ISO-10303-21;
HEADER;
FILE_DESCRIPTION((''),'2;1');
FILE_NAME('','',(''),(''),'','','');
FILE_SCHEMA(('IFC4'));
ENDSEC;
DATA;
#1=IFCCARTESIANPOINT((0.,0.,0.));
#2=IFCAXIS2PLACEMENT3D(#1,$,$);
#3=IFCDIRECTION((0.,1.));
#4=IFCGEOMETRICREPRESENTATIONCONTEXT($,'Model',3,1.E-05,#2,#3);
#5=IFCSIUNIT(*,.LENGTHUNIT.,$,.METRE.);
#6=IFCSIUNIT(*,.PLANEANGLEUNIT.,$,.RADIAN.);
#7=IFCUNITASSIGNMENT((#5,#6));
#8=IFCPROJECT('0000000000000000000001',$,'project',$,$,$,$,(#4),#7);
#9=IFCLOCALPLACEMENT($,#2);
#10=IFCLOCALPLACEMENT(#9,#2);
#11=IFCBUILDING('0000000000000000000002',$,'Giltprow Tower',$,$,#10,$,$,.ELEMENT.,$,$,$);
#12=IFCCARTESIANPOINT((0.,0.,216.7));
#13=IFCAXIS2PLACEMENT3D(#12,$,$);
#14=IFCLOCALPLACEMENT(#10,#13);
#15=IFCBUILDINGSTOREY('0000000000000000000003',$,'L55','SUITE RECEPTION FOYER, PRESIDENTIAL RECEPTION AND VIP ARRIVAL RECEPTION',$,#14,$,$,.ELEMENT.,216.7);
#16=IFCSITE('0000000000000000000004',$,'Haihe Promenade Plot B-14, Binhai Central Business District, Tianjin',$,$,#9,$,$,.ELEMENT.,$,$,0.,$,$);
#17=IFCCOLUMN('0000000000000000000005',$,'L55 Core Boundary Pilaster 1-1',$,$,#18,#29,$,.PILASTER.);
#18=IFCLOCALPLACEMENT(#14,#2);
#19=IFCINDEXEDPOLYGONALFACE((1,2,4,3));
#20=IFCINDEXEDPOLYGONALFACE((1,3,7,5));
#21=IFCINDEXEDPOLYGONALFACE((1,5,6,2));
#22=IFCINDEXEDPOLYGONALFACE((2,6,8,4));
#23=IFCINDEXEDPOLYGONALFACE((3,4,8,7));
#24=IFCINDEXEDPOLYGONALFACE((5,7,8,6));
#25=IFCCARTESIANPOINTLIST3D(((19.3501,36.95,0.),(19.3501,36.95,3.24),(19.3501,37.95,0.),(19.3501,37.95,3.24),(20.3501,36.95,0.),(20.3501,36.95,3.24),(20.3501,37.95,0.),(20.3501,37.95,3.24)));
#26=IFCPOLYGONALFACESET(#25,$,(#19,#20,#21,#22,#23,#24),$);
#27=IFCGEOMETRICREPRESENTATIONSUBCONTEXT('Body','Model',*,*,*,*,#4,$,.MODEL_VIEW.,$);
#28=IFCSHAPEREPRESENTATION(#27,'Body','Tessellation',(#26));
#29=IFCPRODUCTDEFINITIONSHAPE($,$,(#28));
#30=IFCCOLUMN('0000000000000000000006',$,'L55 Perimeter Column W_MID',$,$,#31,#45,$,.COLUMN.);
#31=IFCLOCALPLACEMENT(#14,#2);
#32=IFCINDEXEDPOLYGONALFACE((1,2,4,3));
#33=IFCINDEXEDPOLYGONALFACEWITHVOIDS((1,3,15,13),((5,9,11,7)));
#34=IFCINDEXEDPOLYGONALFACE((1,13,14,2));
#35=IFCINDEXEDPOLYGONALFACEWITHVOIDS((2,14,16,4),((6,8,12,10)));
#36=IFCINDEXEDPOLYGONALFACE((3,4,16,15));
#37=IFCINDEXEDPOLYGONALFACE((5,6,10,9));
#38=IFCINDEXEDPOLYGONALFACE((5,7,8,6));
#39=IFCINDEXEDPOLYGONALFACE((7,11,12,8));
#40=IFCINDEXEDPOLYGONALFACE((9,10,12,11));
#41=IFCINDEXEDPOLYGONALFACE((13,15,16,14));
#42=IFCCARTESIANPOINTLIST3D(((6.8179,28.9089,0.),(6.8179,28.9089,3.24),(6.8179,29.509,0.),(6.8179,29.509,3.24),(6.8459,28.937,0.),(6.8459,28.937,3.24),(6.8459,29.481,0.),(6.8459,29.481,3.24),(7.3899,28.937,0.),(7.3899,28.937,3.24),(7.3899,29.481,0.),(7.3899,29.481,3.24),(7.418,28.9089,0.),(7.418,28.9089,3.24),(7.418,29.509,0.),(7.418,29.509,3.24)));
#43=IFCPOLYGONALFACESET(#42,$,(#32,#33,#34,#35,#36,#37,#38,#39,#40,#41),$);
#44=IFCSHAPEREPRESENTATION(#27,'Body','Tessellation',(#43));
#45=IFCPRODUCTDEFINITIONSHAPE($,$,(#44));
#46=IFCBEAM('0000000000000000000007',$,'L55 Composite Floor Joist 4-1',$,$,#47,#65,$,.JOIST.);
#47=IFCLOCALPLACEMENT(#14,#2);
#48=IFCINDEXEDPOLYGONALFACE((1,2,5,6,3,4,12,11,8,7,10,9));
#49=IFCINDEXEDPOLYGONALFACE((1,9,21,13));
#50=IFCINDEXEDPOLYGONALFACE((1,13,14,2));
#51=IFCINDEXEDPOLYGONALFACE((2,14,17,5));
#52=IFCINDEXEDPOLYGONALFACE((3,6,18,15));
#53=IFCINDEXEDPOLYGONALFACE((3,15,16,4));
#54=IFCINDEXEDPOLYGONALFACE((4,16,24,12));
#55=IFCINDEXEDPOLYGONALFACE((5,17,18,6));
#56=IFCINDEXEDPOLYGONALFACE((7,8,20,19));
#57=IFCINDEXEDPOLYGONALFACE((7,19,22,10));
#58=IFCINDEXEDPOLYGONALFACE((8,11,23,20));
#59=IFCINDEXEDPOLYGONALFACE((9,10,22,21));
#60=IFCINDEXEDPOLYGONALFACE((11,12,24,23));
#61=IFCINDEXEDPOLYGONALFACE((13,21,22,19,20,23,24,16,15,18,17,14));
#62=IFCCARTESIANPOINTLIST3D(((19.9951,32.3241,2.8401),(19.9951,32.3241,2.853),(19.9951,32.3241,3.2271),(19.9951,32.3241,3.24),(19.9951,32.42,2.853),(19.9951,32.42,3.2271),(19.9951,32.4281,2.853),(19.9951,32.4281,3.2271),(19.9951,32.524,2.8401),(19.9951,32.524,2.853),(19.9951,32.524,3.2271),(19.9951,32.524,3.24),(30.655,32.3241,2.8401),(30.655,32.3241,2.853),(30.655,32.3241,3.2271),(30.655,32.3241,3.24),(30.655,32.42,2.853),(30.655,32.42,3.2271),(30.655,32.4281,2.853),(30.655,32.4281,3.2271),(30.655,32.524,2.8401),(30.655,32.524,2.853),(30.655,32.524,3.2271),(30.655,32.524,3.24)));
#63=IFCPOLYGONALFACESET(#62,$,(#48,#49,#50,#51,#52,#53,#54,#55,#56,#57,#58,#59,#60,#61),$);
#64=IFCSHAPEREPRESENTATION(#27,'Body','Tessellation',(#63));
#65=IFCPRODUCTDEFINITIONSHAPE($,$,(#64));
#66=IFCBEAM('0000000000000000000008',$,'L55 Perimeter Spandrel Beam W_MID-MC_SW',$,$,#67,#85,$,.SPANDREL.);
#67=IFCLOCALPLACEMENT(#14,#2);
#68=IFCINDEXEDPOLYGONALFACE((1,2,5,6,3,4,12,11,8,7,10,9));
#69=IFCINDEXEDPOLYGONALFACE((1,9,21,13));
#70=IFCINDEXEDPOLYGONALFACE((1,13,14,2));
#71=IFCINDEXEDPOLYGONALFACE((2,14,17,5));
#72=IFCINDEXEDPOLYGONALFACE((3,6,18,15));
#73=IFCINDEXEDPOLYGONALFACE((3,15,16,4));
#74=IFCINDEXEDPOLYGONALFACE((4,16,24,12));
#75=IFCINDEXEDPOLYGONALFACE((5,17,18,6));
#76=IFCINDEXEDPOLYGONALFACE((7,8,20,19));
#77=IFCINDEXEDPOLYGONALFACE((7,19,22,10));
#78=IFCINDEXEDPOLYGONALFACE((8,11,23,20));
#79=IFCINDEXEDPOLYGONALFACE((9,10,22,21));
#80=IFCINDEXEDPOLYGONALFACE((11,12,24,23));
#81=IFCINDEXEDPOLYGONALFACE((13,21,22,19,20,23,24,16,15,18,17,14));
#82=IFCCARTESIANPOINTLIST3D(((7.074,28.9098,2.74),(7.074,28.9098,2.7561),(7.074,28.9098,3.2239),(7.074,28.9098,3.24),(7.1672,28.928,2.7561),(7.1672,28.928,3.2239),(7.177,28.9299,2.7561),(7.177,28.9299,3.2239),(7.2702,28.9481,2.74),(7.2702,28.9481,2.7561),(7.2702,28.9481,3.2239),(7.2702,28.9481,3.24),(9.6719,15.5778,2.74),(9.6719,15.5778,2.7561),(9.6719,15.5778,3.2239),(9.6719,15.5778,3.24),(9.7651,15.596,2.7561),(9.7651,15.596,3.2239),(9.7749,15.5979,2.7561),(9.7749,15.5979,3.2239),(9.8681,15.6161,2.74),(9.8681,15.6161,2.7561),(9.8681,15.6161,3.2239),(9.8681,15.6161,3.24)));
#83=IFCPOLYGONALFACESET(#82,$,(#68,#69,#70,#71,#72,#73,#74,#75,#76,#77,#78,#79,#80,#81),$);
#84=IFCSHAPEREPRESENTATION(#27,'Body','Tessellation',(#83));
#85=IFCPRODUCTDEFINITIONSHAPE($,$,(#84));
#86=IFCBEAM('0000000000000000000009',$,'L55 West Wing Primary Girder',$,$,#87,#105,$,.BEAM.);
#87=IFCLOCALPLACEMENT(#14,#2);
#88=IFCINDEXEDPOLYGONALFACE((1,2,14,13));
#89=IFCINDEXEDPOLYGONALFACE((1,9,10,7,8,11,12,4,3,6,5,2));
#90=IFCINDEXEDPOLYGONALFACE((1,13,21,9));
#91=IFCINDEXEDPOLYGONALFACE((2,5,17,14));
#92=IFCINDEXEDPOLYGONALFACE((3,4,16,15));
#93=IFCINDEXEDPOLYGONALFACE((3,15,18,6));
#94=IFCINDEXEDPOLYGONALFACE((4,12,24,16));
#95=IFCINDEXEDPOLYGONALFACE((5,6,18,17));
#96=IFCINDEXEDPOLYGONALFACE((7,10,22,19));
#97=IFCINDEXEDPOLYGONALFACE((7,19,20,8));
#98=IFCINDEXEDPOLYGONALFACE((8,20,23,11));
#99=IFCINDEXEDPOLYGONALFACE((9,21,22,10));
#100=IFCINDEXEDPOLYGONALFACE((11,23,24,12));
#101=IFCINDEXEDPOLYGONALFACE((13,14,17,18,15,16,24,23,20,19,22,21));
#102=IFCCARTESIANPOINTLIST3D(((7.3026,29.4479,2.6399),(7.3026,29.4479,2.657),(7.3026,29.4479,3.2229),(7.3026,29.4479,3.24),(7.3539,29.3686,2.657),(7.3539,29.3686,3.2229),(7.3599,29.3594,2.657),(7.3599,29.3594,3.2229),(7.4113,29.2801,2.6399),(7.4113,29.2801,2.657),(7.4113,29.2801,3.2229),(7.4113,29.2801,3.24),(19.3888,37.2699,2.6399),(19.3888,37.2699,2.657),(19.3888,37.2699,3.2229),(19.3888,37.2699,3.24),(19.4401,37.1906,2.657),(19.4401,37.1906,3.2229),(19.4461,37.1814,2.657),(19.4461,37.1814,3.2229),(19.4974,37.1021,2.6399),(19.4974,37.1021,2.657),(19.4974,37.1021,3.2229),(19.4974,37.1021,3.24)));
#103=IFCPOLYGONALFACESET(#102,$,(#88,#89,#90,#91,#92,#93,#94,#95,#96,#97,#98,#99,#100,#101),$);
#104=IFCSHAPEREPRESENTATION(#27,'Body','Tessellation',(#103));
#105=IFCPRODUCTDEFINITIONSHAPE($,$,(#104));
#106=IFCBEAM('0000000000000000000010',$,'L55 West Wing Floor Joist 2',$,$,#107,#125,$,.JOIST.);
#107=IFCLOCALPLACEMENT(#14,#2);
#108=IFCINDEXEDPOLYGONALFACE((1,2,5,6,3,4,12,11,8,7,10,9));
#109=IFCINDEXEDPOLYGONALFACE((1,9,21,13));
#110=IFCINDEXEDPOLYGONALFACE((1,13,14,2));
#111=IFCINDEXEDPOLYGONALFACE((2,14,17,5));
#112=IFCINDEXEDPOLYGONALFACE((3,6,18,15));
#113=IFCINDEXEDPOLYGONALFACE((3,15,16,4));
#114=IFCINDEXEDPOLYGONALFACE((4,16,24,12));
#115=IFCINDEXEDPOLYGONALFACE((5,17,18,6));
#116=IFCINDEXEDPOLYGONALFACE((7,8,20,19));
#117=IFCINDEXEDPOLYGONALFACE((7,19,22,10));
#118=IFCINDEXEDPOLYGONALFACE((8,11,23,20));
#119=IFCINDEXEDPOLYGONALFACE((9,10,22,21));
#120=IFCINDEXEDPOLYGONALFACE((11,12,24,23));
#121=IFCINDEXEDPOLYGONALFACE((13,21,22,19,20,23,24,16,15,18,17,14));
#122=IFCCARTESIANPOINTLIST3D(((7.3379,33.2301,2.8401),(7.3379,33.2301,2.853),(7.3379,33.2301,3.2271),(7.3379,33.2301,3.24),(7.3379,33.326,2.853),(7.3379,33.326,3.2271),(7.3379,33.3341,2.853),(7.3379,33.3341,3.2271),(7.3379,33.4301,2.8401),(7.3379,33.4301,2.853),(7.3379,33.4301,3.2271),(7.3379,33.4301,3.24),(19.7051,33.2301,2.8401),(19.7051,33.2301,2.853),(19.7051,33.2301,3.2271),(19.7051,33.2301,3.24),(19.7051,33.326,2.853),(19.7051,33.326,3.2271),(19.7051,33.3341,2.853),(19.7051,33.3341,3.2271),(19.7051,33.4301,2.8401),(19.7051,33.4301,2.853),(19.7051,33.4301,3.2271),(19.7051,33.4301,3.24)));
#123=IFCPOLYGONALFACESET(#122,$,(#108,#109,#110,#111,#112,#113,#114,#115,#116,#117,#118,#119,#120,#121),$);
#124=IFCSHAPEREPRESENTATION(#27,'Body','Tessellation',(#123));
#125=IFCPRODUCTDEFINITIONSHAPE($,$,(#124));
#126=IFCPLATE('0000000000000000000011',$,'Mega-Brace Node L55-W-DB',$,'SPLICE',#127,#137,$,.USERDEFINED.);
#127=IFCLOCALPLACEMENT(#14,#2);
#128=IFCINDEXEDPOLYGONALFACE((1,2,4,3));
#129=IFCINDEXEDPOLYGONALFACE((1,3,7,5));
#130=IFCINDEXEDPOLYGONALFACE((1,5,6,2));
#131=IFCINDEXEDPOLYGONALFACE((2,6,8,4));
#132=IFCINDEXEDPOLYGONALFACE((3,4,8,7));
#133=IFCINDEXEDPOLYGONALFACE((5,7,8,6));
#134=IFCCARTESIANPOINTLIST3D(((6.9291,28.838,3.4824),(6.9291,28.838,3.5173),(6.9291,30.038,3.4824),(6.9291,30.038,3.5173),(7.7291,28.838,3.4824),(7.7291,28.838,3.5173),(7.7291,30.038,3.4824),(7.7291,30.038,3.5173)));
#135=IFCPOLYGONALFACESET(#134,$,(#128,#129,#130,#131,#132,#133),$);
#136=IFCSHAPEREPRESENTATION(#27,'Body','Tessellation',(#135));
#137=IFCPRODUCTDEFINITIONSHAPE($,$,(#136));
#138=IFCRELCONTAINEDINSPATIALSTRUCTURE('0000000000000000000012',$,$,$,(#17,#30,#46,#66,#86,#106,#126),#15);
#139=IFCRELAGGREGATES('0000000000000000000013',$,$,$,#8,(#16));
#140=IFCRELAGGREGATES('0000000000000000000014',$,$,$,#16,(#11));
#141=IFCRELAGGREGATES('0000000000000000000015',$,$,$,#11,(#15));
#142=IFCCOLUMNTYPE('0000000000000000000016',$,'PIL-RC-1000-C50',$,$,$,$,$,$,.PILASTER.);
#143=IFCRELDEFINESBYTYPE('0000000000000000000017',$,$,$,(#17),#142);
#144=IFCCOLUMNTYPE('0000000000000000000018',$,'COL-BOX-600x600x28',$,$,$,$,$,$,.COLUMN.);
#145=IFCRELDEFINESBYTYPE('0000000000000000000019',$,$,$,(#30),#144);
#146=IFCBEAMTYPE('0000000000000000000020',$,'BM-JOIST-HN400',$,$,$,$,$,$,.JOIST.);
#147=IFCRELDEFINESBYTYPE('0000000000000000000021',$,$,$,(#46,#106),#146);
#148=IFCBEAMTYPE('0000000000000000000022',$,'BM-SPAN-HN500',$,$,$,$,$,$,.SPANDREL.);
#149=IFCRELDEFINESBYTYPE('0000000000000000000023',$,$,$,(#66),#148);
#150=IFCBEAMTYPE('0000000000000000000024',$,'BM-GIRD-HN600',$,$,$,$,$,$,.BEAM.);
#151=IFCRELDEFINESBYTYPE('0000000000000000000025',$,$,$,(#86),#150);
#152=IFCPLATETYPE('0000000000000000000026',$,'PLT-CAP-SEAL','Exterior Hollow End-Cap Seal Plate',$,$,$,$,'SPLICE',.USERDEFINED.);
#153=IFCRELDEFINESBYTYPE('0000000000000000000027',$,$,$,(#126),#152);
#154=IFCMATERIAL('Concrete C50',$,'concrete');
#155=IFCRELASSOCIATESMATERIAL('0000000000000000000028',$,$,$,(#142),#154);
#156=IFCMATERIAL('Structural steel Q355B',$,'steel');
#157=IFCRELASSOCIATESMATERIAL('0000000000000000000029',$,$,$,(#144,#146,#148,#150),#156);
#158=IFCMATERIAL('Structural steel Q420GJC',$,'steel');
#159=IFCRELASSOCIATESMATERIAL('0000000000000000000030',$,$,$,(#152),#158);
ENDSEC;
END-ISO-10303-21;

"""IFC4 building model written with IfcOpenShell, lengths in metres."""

from ifc_helpers import new_model, si_unit, direction, frame, origin, origin_2d, place, context, subcontext, project, spatial, rectangle, hollow_rectangle, i_section, extrude, source, transform, mapped, material, material_profile, profile_set, type_object, element, save


model = new_model("IFC4")

# Units and contexts
model_context = context("Model", 3, precision=1e-05, world=origin(), true_north=direction((0.0, 1.0)))
body_context = subcontext(model_context, "Body", "Model", "MODEL_VIEW")
ifc_project = project(units=[si_unit("LENGTHUNIT", "METRE"), si_unit("PLANEANGLEUNIT", "RADIAN")], contexts=[model_context])

# Site, building, storey
site_placement = place(None, origin())
site = spatial("IfcSite", under=ifc_project, at=site_placement, Name="Haihe Promenade Plot B-14, Binhai Central Business District, Tianjin", CompositionType="ELEMENT", RefElevation=0.0)
building_placement = place(site_placement, origin())
building = spatial("IfcBuilding", under=site, at=building_placement, Name="Giltprow Tower", CompositionType="ELEMENT")
storey_placement = place(building_placement, frame((0.0, 0.0, 216.7)))
storey = spatial("IfcBuildingStorey", under=building, at=storey_placement, Name="L55", Description="SUITE RECEPTION FOYER, PRESIDENTIAL RECEPTION AND VIP ARRIVAL RECEPTION", CompositionType="ELEMENT", Elevation=216.7)

# Columns
ifc_material_1 = material(Name="Concrete C50", Category="concrete")
ifc_material_profile_1 = material_profile(ifc_material_1, rectangle(XDim=1.0, YDim=1.0, at=origin_2d()), Name="RC 1000x1000")
ifc_profile_set_1 = profile_set([ifc_material_profile_1], Name="Concrete C50")
column_type_1 = type_object("IfcColumnType", Name="PIL-RC-1000-C50", PredefinedType="PILASTER", material=ifc_profile_set_1)
shared_shape_1 = source(origin(), body_context, "Body", "SweptSolid", [
    extrude(rectangle(XDim=1.0, YDim=1.0, at=origin_2d()), origin(), (0.0, 0.0, 1.0), 3.24),
])
column_1_placement = place(storey_placement, frame((19.8501, 37.45, 0.0), z_axis=(0.0, 0.0, 1.0), x_axis=(1.0, 0.0, 0.0)))
element("IfcColumn", 1, at=column_1_placement, inside=storey, type_object=column_type_1, Name="L55 Core Boundary Pilaster 1-1", PredefinedType="PILASTER", context=body_context, shape_type="MappedRepresentation", body=[
    mapped(shared_shape_1, transform((0.0, 0.0, 0.0), x_axis=(1.0, 0.0, 0.0), y_axis=(0.0, 1.0, 0.0), z_axis=(0.0, 0.0, 1.0), scale=1.0)),
])
ifc_material_2 = material(Name="Structural steel Q355B", Category="steel")
ifc_material_profile_2 = material_profile(ifc_material_2, hollow_rectangle(XDim=0.6001, YDim=0.6001, WallThickness=0.0281, at=origin_2d()), Name="BOX 600x600x28")
ifc_profile_set_2 = profile_set([ifc_material_profile_2], Name="Structural steel Q355B")
column_type_2 = type_object("IfcColumnType", Name="COL-BOX-600x600x28", PredefinedType="COLUMN", material=ifc_profile_set_2)
shared_shape_2 = source(origin(), body_context, "Body", "SweptSolid", [
    extrude(hollow_rectangle(XDim=0.6001, YDim=0.6001, WallThickness=0.0281, at=origin_2d()), origin(), (0.0, 0.0, 1.0), 3.24),
])
column_2_placement = place(storey_placement, frame((7.1179, 29.209, 0.0), z_axis=(0.0, 0.0, 1.0), x_axis=(1.0, 0.0, 0.0)))
element("IfcColumn", 2, at=column_2_placement, inside=storey, type_object=column_type_2, Name="L55 Perimeter Column W_MID", PredefinedType="COLUMN", context=body_context, shape_type="MappedRepresentation", body=[
    mapped(shared_shape_2, transform((0.0, 0.0, 0.0), x_axis=(1.0, 0.0, 0.0), y_axis=(0.0, 1.0, 0.0), z_axis=(0.0, 0.0, 1.0), scale=1.0)),
])

# Beams
ifc_material_profile_3 = material_profile(ifc_material_2, i_section(OverallWidth=0.2, OverallDepth=0.3999, WebThickness=0.0081, FlangeThickness=0.0129, at=origin_2d()), Name="HN 400x200x8x13")
ifc_profile_set_3 = profile_set([ifc_material_profile_3], Name="Structural steel Q355B")
beam_type_1 = type_object("IfcBeamType", Name="BM-JOIST-HN400", PredefinedType="JOIST", material=ifc_profile_set_3)
shared_shape_3 = source(origin(), body_context, "Body", "SweptSolid", [
    extrude(i_section(OverallWidth=0.2, OverallDepth=0.3999, WebThickness=0.0081, FlangeThickness=0.0129, at=origin_2d()), origin(), (0.0, 0.0, 1.0), 10.6599),
])
beam_1_placement = place(storey_placement, frame((19.9951, 32.4241, 3.04), z_axis=(1.0, 0.0, 0.0), x_axis=(0.0, 1.0, 0.0)))
element("IfcBeam", 3, at=beam_1_placement, inside=storey, type_object=beam_type_1, Name="L55 Composite Floor Joist 4-1", PredefinedType="JOIST", context=body_context, shape_type="MappedRepresentation", body=[
    mapped(shared_shape_3, transform((0.0, 0.0, 0.0), x_axis=(1.0, 0.0, 0.0), y_axis=(0.0, 1.0, 0.0), z_axis=(0.0, 0.0, 1.0), scale=1.0)),
])
ifc_material_profile_4 = material_profile(ifc_material_2, i_section(OverallWidth=0.2, OverallDepth=0.5, WebThickness=0.01, FlangeThickness=0.0161, at=origin_2d()), Name="HN 500x200x10x16")
ifc_profile_set_4 = profile_set([ifc_material_profile_4], Name="Structural steel Q355B")
beam_type_2 = type_object("IfcBeamType", Name="BM-SPAN-HN500", PredefinedType="SPANDREL", material=ifc_profile_set_4)
shared_shape_4 = source(origin(), body_context, "Body", "SweptSolid", [
    extrude(i_section(OverallWidth=0.2, OverallDepth=0.5, WebThickness=0.01, FlangeThickness=0.0161, at=origin_2d()), origin(), (0.0, 0.0, 1.0), 13.5828),
])
beam_2_placement = place(storey_placement, frame((7.1721, 28.929, 2.99), z_axis=(0.191264, -0.981539, 0.0), x_axis=(0.981539, 0.191264, 0.0)))
element("IfcBeam", 4, at=beam_2_placement, inside=storey, type_object=beam_type_2, Name="L55 Perimeter Spandrel Beam W_MID-MC_SW", PredefinedType="SPANDREL", context=body_context, shape_type="MappedRepresentation", body=[
    mapped(shared_shape_4, transform((0.0, 0.0, 0.0), x_axis=(1.0, 0.0, 0.0), y_axis=(0.0, 1.0, 0.0), z_axis=(0.0, 0.0, 1.0), scale=1.0)),
])
ifc_material_profile_5 = material_profile(ifc_material_2, i_section(OverallWidth=0.2, OverallDepth=0.6001, WebThickness=0.011, FlangeThickness=0.0171, at=origin_2d()), Name="HN 600x200x11x17")
ifc_profile_set_5 = profile_set([ifc_material_profile_5], Name="Structural steel Q355B")
beam_type_3 = type_object("IfcBeamType", Name="BM-GIRD-HN600", PredefinedType="BEAM", material=ifc_profile_set_5)
shared_shape_5 = source(origin(), body_context, "Body", "SweptSolid", [
    extrude(i_section(OverallWidth=0.2, OverallDepth=0.6001, WebThickness=0.011, FlangeThickness=0.0171, at=origin_2d()), origin(), (0.0, 0.0, 1.0), 14.3965),
])
beam_3_placement = place(storey_placement, frame((7.3569, 29.364, 2.9399), z_axis=(0.839521, 0.543327, 0.0), x_axis=(-0.543327, 0.839521, 0.0)))
element("IfcBeam", 5, at=beam_3_placement, inside=storey, type_object=beam_type_3, Name="L55 West Wing Primary Girder", PredefinedType="BEAM", context=body_context, shape_type="MappedRepresentation", body=[
    mapped(shared_shape_5, transform((0.0, 0.0, 0.0), x_axis=(1.0, 0.0, 0.0), y_axis=(0.0, 1.0, 0.0), z_axis=(0.0, 0.0, 1.0), scale=1.0)),
])
shared_shape_6 = source(origin(), body_context, "Body", "SweptSolid", [
    extrude(i_section(OverallWidth=0.2, OverallDepth=0.3999, WebThickness=0.0081, FlangeThickness=0.0129, at=origin_2d()), origin(), (0.0, 0.0, 1.0), 12.3672),
])
beam_4_placement = place(storey_placement, frame((7.3379, 33.3301, 3.04), z_axis=(1.0, 0.0, 0.0), x_axis=(0.0, 1.0, 0.0)))
element("IfcBeam", 6, at=beam_4_placement, inside=storey, type_object=beam_type_1, Name="L55 West Wing Floor Joist 2", PredefinedType="JOIST", context=body_context, shape_type="MappedRepresentation", body=[
    mapped(shared_shape_6, transform((0.0, 0.0, 0.0), x_axis=(1.0, 0.0, 0.0), y_axis=(0.0, 1.0, 0.0), z_axis=(0.0, 0.0, 1.0), scale=1.0)),
])

# Plate
ifc_material_3 = material(Name="Structural steel Q420GJC", Category="steel")
plate_type = type_object("IfcPlateType", Name="PLT-CAP-SEAL", Description="Exterior Hollow End-Cap Seal Plate", ElementType="SPLICE", PredefinedType="USERDEFINED", material=ifc_material_3)
shared_shape_7 = source(origin(), body_context, "Body", "SweptSolid", [
    extrude(rectangle(XDim=1.2, YDim=0.8, at=origin_2d()), origin(), (0.0, 0.0, 1.0), 0.0349),
])
plate_placement = place(storey_placement, frame((7.3291, 29.438, 3.4824), z_axis=(0.0, 0.0, 1.0), x_axis=(0.0, 1.0, 0.0)))
element("IfcPlate", 7, at=plate_placement, inside=storey, type_object=plate_type, Name="Mega-Brace Node L55-W-DB", ObjectType="SPLICE", PredefinedType="USERDEFINED", context=body_context, shape_type="MappedRepresentation", body=[
    mapped(shared_shape_7, transform((0.0, 0.0, 0.0), x_axis=(1.0, 0.0, 0.0), y_axis=(0.0, 1.0, 0.0), z_axis=(0.0, 0.0, 1.0), scale=1.0)),
])

save(model, "model.ifc")
